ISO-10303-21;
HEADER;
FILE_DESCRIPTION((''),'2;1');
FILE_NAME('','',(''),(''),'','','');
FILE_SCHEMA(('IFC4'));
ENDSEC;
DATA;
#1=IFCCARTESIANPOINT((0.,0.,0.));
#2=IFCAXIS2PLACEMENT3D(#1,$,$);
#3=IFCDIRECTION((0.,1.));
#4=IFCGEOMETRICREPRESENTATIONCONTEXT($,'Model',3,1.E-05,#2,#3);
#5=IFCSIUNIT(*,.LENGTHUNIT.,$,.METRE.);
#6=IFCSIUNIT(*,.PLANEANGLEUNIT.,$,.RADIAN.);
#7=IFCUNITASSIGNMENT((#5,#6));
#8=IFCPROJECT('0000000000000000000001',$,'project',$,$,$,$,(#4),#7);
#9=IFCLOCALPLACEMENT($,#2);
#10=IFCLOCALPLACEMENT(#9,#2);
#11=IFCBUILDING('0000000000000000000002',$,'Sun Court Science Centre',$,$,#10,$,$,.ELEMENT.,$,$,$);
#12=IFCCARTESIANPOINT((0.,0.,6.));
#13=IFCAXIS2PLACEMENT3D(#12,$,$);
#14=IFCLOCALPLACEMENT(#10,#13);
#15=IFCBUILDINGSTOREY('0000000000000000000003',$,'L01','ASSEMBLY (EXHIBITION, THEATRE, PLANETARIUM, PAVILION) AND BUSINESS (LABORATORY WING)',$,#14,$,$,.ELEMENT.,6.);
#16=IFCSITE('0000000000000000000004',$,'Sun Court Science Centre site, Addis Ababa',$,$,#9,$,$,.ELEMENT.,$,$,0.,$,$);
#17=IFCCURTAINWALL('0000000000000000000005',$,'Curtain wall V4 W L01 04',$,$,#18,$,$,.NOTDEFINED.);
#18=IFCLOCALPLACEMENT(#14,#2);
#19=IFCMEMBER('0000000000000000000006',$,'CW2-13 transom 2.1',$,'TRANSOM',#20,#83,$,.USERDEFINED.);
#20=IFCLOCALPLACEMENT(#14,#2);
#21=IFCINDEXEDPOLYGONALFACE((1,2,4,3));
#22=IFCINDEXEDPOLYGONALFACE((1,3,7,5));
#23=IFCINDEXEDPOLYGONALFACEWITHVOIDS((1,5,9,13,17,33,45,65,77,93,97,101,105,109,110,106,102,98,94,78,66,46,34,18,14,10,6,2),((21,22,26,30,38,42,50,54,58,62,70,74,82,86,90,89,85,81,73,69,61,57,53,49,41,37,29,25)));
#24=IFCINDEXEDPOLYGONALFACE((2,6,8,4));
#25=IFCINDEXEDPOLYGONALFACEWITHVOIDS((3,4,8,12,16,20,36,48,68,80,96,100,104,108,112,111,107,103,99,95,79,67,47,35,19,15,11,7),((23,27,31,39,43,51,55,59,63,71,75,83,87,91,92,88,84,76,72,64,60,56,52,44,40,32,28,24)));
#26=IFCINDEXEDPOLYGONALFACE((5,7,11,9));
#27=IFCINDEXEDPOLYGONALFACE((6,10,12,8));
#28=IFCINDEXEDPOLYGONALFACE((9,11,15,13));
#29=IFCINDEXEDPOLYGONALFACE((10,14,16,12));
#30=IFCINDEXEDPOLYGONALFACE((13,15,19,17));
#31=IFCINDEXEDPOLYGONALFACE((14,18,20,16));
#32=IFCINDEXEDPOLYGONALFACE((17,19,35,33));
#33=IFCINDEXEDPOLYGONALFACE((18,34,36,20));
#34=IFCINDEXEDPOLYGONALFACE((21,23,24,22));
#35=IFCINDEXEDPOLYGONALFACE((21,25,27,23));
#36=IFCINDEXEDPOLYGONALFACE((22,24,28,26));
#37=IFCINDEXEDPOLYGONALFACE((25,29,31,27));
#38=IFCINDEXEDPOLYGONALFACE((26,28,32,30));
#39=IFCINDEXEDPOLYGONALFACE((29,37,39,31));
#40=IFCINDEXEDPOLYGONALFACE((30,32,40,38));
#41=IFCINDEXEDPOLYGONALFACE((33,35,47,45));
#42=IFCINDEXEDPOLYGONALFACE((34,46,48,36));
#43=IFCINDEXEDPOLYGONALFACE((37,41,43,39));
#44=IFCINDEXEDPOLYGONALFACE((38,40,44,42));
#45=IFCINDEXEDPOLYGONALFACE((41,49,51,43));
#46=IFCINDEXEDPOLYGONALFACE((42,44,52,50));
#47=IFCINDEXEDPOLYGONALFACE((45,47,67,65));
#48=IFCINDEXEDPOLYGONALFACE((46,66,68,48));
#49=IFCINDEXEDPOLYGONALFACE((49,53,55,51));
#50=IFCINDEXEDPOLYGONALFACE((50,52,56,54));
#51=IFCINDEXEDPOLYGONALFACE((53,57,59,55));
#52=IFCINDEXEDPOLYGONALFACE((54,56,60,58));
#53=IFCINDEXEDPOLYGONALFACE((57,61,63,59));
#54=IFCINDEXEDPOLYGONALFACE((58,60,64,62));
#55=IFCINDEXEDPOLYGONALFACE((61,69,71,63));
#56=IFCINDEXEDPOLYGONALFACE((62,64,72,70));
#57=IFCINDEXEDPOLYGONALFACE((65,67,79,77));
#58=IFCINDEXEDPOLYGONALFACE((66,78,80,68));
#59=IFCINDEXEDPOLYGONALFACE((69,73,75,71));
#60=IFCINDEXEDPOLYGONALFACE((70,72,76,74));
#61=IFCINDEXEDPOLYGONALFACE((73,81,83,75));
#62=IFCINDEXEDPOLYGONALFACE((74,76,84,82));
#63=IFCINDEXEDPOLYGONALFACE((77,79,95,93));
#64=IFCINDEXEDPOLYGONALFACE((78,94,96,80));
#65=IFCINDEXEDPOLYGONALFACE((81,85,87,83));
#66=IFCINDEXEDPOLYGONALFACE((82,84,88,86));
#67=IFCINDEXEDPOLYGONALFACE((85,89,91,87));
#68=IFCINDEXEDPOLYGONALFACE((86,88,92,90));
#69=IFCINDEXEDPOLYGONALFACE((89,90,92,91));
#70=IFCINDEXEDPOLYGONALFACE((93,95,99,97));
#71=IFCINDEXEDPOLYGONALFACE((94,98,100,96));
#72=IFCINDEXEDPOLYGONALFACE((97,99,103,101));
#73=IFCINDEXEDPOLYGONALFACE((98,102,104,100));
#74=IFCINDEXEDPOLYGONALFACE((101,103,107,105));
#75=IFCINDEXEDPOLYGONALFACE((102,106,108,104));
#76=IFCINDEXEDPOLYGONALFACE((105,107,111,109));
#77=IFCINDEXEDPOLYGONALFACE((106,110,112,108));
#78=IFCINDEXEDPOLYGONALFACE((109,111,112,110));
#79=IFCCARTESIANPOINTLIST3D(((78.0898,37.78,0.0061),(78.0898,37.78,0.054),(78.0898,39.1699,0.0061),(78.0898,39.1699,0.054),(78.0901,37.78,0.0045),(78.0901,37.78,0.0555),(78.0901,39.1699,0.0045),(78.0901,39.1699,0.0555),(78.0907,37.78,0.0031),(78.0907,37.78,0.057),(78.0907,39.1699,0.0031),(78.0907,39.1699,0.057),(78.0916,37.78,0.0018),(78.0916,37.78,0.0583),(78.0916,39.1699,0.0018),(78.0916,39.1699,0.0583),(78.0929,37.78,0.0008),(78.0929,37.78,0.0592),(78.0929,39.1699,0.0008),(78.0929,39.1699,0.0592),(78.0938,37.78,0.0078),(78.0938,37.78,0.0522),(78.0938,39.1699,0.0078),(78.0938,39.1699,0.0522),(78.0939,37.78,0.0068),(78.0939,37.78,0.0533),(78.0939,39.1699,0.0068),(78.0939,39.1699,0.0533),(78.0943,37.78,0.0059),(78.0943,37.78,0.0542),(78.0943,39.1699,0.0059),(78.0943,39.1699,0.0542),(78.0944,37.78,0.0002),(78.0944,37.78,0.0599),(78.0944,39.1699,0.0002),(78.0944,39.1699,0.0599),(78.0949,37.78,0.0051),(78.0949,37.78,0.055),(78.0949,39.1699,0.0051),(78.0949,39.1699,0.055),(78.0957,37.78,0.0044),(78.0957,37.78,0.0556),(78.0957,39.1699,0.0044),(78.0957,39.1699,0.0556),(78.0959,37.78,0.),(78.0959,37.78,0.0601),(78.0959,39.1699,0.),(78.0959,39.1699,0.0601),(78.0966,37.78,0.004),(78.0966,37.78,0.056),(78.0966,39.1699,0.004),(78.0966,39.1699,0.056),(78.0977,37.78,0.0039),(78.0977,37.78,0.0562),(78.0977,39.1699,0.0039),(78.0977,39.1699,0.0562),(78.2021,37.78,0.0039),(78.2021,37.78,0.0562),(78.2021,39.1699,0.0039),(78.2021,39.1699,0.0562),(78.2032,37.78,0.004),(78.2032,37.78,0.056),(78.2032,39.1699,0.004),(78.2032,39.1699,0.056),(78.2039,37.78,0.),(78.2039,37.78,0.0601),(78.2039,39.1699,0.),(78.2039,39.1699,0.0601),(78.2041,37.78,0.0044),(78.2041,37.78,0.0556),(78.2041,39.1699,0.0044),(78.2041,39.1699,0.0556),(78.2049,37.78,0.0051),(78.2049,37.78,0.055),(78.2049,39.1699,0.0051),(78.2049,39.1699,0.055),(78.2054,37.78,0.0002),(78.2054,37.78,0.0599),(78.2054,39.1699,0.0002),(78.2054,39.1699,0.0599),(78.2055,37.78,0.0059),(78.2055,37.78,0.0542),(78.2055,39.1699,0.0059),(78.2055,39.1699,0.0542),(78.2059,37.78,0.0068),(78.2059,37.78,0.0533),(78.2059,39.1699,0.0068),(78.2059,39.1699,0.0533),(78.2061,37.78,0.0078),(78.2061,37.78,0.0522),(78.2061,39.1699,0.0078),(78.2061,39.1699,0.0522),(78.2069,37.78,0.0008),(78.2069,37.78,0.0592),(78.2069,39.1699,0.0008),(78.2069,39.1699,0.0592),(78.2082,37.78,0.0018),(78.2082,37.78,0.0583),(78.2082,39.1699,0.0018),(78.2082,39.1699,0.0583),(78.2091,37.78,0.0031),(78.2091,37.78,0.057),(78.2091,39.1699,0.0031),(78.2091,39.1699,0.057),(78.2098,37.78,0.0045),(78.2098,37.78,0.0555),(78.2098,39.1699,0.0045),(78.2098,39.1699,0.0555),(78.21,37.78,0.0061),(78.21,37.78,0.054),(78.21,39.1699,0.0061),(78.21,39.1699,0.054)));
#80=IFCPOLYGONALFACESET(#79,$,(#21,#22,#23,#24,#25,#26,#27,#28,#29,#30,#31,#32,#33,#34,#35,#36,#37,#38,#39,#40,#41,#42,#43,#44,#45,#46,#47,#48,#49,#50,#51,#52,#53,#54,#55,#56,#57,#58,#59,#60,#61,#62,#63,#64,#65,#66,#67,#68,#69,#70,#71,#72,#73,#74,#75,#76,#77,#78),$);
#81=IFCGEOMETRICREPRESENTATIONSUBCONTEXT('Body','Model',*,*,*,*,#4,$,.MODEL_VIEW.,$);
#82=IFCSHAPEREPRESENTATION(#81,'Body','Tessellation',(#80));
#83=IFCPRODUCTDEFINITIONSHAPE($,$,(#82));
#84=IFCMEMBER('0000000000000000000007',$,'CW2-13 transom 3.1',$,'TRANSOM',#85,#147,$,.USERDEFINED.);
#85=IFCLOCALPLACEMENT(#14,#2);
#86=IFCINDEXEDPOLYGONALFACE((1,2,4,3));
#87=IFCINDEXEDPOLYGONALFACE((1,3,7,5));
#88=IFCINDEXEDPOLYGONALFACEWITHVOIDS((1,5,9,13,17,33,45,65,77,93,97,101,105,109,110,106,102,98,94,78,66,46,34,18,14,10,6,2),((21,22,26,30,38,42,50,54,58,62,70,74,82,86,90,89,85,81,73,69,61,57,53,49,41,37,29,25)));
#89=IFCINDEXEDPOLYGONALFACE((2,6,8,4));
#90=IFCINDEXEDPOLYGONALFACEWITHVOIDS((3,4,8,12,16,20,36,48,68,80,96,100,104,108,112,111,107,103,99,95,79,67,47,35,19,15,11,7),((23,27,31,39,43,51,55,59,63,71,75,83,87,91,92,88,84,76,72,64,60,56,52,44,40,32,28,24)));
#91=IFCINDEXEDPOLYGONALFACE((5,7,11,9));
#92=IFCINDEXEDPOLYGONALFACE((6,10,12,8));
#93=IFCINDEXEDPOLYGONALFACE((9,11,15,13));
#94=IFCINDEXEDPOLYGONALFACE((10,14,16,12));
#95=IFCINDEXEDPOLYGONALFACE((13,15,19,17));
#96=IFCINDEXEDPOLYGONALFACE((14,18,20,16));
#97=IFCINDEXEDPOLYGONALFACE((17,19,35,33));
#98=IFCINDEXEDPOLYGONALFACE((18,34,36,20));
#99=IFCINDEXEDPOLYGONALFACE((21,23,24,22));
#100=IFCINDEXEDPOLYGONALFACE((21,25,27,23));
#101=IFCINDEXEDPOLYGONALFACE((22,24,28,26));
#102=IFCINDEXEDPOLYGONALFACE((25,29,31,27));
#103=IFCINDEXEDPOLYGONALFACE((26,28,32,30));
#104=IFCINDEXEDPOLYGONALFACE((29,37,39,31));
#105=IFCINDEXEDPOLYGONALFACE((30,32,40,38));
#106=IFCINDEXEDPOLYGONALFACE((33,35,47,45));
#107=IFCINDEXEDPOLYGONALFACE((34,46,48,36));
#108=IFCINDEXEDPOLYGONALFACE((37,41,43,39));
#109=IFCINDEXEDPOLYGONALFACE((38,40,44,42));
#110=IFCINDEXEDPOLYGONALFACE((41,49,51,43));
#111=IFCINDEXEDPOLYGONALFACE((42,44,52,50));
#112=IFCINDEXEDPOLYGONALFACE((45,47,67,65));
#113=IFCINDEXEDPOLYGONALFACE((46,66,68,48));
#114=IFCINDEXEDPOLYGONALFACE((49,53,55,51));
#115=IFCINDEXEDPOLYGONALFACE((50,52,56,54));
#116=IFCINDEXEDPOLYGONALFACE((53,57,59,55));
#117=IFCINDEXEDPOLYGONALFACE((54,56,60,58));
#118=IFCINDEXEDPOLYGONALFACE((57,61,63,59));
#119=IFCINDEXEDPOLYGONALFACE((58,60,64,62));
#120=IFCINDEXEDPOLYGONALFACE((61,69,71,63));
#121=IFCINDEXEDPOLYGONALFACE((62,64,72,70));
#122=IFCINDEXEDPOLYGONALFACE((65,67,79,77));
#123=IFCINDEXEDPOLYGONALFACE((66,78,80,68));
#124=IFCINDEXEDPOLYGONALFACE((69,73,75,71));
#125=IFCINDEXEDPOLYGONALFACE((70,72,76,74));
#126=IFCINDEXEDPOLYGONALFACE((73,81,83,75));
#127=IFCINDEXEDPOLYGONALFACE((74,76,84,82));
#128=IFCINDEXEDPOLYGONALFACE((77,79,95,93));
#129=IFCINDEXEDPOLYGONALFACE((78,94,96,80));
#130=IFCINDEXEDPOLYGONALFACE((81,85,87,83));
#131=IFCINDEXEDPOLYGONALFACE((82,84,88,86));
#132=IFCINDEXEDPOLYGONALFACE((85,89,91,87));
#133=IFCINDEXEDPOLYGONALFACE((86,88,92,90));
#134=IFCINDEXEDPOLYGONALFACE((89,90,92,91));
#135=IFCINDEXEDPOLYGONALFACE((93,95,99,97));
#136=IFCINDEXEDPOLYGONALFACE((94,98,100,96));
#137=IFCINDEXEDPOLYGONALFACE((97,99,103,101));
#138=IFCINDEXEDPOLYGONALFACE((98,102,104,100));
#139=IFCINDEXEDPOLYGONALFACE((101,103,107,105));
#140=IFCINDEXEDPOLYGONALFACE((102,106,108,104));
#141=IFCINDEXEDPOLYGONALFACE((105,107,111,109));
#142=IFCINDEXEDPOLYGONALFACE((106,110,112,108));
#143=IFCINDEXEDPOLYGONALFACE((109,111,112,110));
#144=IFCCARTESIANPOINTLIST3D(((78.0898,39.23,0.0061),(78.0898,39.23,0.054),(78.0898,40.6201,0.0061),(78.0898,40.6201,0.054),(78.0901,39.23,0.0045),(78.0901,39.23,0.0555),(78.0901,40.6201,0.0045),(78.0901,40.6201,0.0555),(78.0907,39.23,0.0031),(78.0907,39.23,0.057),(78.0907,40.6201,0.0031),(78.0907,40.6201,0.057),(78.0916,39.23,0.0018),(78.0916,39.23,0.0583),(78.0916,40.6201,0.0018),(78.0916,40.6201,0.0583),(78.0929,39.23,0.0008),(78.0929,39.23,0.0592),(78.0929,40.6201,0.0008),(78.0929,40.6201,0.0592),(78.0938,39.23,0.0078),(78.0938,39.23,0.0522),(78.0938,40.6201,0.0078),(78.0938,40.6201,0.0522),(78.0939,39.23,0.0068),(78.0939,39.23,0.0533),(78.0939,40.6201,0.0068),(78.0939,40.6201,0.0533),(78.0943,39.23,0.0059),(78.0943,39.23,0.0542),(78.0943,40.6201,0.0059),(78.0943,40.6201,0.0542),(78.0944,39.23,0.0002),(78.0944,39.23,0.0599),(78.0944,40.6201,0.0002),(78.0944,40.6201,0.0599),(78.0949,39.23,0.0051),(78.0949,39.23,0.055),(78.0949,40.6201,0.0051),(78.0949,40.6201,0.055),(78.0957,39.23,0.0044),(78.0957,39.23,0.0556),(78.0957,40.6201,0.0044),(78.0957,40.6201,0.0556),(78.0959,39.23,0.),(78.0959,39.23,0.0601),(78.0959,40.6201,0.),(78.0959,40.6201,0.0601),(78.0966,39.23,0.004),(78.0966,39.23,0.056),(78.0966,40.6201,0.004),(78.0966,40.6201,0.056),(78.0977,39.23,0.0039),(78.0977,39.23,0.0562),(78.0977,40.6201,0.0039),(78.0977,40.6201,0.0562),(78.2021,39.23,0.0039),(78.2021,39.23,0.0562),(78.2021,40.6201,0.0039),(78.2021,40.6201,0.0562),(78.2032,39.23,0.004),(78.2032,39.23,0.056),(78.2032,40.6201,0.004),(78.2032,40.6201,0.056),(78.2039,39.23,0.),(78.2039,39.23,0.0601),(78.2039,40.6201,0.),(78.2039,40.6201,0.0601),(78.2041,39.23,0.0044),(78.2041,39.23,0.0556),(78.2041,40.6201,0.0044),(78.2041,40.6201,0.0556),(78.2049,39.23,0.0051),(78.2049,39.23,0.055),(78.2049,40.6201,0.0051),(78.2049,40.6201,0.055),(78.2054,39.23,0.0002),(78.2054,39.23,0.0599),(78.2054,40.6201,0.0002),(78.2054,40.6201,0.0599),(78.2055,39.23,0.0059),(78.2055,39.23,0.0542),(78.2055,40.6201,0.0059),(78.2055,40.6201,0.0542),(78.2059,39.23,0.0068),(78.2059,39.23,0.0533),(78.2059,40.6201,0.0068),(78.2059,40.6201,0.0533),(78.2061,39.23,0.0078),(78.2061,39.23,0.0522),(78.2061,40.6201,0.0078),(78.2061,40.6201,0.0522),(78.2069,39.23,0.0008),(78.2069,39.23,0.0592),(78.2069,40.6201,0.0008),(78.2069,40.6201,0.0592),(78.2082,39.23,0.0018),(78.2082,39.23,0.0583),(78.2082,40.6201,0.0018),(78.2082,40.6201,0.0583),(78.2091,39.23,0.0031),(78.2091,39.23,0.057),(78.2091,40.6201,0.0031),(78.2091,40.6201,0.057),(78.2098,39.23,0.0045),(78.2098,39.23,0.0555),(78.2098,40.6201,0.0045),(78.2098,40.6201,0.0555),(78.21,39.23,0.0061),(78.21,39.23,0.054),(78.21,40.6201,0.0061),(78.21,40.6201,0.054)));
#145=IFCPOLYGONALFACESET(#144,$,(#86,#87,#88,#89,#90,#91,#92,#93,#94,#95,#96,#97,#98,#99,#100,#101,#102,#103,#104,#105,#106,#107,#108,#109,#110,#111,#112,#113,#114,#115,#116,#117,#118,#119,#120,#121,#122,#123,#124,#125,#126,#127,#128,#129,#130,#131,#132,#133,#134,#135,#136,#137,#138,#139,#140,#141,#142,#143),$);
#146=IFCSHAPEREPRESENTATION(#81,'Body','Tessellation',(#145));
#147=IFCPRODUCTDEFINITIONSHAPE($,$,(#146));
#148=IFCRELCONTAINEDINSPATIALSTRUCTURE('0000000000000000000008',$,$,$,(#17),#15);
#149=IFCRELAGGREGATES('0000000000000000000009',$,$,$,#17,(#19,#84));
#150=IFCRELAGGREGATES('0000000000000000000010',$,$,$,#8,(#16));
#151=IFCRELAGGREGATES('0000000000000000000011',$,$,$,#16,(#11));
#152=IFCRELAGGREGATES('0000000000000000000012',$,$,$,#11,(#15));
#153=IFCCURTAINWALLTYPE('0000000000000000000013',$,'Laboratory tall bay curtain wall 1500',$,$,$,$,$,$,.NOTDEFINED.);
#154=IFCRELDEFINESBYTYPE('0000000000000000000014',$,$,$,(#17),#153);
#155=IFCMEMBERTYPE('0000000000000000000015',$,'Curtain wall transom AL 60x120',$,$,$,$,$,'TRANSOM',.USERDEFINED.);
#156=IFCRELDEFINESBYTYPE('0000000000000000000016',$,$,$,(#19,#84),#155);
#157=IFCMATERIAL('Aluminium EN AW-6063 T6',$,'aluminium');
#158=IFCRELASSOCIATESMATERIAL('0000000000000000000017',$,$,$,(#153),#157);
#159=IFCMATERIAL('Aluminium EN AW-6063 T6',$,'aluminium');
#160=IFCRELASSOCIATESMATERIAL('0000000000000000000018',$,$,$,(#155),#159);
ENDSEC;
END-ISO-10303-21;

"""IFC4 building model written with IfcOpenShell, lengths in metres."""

from ifc_helpers import new_model, si_unit, direction, frame, origin, origin_2d, place, context, subcontext, project, spatial, hollow_rectangle, extrude, material, material_profile, profile_set, type_object, element, aggregate, save


model = new_model("IFC4")

# Units and contexts
model_context = context("Model", 3, precision=1e-05, world=origin(), true_north=direction((0.0, 1.0)))
body_context = subcontext(model_context, "Body", "Model", "MODEL_VIEW")
ifc_project = project(units=[si_unit("LENGTHUNIT", "METRE"), si_unit("PLANEANGLEUNIT", "RADIAN")], contexts=[model_context])

# Site, building, storey
site_placement = place(None, origin())
site = spatial("IfcSite", under=ifc_project, at=site_placement, Name="Sun Court Science Centre site, Addis Ababa", CompositionType="ELEMENT", RefElevation=0.0)
building_placement = place(site_placement, origin())
building = spatial("IfcBuilding", under=site, at=building_placement, Name="Sun Court Science Centre", CompositionType="ELEMENT")
storey_placement = place(building_placement, frame((0.0, 0.0, 6.0)))
storey = spatial("IfcBuildingStorey", under=building, at=storey_placement, Name="L01", Description="ASSEMBLY (EXHIBITION, THEATRE, PLANETARIUM, PAVILION) AND BUSINESS (LABORATORY WING)", CompositionType="ELEMENT", Elevation=6.0)

# Shared definitions
ifc_material_1 = material(Name="Aluminium EN AW-6063 T6", Category="aluminium")
curtain_wall_type = type_object("IfcCurtainWallType", Name="Laboratory tall bay curtain wall 1500", PredefinedType="NOTDEFINED", material=ifc_material_1)

# Curtain wall
curtain_wall_1_placement = place(storey_placement, origin())
curtain_wall_1 = element("IfcCurtainWall", 1, at=curtain_wall_1_placement, inside=storey, type_object=curtain_wall_type, Name="Curtain wall V4 W L01 04", PredefinedType="NOTDEFINED")

# Members
ifc_material_2 = material(Name="Aluminium EN AW-6063 T6", Category="aluminium")
ifc_material_profile_1 = material_profile(ifc_material_2, hollow_rectangle(XDim=0.0601, YDim=0.1201, WallThickness=0.0039, InnerFilletRadius=0.0039, OuterFilletRadius=0.0061, at=origin_2d()), Name="AL 60x120x4")
ifc_profile_set_1 = profile_set([ifc_material_profile_1], Name="Aluminium EN AW-6063 T6")
member_type_1 = type_object("IfcMemberType", Name="Curtain wall transom AL 60x120", ElementType="TRANSOM", PredefinedType="USERDEFINED", material=ifc_profile_set_1)
member_1_placement = place(storey_placement, frame((78.1499, 37.78, 0.03), z_axis=(0.0, 1.0, 0.0), x_axis=(0.0, 0.0, 1.0)))
member_1 = element("IfcMember", 2, at=member_1_placement, type_object=member_type_1, Name="CW2-13 transom 2.1", ObjectType="TRANSOM", PredefinedType="USERDEFINED", context=body_context, shape_type="SweptSolid", body=[
    extrude(hollow_rectangle(XDim=0.0601, YDim=0.1201, WallThickness=0.0039, InnerFilletRadius=0.0039, OuterFilletRadius=0.0061, at=origin_2d()), origin(), (0.0, 0.0, 1.0), 1.3899),
])
member_2_placement = place(storey_placement, frame((78.1499, 39.23, 0.03), z_axis=(0.0, 1.0, 0.0), x_axis=(0.0, 0.0, 1.0)))
member_2 = element("IfcMember", 3, at=member_2_placement, type_object=member_type_1, Name="CW2-13 transom 3.1", ObjectType="TRANSOM", PredefinedType="USERDEFINED", context=body_context, shape_type="SweptSolid", body=[
    extrude(hollow_rectangle(XDim=0.0601, YDim=0.1201, WallThickness=0.0039, InnerFilletRadius=0.0039, OuterFilletRadius=0.0061, at=origin_2d()), origin(), (0.0, 0.0, 1.0), 1.3901),
])

aggregate(curtain_wall_1, [member_1, member_2])

save(model, "model.ifc")
